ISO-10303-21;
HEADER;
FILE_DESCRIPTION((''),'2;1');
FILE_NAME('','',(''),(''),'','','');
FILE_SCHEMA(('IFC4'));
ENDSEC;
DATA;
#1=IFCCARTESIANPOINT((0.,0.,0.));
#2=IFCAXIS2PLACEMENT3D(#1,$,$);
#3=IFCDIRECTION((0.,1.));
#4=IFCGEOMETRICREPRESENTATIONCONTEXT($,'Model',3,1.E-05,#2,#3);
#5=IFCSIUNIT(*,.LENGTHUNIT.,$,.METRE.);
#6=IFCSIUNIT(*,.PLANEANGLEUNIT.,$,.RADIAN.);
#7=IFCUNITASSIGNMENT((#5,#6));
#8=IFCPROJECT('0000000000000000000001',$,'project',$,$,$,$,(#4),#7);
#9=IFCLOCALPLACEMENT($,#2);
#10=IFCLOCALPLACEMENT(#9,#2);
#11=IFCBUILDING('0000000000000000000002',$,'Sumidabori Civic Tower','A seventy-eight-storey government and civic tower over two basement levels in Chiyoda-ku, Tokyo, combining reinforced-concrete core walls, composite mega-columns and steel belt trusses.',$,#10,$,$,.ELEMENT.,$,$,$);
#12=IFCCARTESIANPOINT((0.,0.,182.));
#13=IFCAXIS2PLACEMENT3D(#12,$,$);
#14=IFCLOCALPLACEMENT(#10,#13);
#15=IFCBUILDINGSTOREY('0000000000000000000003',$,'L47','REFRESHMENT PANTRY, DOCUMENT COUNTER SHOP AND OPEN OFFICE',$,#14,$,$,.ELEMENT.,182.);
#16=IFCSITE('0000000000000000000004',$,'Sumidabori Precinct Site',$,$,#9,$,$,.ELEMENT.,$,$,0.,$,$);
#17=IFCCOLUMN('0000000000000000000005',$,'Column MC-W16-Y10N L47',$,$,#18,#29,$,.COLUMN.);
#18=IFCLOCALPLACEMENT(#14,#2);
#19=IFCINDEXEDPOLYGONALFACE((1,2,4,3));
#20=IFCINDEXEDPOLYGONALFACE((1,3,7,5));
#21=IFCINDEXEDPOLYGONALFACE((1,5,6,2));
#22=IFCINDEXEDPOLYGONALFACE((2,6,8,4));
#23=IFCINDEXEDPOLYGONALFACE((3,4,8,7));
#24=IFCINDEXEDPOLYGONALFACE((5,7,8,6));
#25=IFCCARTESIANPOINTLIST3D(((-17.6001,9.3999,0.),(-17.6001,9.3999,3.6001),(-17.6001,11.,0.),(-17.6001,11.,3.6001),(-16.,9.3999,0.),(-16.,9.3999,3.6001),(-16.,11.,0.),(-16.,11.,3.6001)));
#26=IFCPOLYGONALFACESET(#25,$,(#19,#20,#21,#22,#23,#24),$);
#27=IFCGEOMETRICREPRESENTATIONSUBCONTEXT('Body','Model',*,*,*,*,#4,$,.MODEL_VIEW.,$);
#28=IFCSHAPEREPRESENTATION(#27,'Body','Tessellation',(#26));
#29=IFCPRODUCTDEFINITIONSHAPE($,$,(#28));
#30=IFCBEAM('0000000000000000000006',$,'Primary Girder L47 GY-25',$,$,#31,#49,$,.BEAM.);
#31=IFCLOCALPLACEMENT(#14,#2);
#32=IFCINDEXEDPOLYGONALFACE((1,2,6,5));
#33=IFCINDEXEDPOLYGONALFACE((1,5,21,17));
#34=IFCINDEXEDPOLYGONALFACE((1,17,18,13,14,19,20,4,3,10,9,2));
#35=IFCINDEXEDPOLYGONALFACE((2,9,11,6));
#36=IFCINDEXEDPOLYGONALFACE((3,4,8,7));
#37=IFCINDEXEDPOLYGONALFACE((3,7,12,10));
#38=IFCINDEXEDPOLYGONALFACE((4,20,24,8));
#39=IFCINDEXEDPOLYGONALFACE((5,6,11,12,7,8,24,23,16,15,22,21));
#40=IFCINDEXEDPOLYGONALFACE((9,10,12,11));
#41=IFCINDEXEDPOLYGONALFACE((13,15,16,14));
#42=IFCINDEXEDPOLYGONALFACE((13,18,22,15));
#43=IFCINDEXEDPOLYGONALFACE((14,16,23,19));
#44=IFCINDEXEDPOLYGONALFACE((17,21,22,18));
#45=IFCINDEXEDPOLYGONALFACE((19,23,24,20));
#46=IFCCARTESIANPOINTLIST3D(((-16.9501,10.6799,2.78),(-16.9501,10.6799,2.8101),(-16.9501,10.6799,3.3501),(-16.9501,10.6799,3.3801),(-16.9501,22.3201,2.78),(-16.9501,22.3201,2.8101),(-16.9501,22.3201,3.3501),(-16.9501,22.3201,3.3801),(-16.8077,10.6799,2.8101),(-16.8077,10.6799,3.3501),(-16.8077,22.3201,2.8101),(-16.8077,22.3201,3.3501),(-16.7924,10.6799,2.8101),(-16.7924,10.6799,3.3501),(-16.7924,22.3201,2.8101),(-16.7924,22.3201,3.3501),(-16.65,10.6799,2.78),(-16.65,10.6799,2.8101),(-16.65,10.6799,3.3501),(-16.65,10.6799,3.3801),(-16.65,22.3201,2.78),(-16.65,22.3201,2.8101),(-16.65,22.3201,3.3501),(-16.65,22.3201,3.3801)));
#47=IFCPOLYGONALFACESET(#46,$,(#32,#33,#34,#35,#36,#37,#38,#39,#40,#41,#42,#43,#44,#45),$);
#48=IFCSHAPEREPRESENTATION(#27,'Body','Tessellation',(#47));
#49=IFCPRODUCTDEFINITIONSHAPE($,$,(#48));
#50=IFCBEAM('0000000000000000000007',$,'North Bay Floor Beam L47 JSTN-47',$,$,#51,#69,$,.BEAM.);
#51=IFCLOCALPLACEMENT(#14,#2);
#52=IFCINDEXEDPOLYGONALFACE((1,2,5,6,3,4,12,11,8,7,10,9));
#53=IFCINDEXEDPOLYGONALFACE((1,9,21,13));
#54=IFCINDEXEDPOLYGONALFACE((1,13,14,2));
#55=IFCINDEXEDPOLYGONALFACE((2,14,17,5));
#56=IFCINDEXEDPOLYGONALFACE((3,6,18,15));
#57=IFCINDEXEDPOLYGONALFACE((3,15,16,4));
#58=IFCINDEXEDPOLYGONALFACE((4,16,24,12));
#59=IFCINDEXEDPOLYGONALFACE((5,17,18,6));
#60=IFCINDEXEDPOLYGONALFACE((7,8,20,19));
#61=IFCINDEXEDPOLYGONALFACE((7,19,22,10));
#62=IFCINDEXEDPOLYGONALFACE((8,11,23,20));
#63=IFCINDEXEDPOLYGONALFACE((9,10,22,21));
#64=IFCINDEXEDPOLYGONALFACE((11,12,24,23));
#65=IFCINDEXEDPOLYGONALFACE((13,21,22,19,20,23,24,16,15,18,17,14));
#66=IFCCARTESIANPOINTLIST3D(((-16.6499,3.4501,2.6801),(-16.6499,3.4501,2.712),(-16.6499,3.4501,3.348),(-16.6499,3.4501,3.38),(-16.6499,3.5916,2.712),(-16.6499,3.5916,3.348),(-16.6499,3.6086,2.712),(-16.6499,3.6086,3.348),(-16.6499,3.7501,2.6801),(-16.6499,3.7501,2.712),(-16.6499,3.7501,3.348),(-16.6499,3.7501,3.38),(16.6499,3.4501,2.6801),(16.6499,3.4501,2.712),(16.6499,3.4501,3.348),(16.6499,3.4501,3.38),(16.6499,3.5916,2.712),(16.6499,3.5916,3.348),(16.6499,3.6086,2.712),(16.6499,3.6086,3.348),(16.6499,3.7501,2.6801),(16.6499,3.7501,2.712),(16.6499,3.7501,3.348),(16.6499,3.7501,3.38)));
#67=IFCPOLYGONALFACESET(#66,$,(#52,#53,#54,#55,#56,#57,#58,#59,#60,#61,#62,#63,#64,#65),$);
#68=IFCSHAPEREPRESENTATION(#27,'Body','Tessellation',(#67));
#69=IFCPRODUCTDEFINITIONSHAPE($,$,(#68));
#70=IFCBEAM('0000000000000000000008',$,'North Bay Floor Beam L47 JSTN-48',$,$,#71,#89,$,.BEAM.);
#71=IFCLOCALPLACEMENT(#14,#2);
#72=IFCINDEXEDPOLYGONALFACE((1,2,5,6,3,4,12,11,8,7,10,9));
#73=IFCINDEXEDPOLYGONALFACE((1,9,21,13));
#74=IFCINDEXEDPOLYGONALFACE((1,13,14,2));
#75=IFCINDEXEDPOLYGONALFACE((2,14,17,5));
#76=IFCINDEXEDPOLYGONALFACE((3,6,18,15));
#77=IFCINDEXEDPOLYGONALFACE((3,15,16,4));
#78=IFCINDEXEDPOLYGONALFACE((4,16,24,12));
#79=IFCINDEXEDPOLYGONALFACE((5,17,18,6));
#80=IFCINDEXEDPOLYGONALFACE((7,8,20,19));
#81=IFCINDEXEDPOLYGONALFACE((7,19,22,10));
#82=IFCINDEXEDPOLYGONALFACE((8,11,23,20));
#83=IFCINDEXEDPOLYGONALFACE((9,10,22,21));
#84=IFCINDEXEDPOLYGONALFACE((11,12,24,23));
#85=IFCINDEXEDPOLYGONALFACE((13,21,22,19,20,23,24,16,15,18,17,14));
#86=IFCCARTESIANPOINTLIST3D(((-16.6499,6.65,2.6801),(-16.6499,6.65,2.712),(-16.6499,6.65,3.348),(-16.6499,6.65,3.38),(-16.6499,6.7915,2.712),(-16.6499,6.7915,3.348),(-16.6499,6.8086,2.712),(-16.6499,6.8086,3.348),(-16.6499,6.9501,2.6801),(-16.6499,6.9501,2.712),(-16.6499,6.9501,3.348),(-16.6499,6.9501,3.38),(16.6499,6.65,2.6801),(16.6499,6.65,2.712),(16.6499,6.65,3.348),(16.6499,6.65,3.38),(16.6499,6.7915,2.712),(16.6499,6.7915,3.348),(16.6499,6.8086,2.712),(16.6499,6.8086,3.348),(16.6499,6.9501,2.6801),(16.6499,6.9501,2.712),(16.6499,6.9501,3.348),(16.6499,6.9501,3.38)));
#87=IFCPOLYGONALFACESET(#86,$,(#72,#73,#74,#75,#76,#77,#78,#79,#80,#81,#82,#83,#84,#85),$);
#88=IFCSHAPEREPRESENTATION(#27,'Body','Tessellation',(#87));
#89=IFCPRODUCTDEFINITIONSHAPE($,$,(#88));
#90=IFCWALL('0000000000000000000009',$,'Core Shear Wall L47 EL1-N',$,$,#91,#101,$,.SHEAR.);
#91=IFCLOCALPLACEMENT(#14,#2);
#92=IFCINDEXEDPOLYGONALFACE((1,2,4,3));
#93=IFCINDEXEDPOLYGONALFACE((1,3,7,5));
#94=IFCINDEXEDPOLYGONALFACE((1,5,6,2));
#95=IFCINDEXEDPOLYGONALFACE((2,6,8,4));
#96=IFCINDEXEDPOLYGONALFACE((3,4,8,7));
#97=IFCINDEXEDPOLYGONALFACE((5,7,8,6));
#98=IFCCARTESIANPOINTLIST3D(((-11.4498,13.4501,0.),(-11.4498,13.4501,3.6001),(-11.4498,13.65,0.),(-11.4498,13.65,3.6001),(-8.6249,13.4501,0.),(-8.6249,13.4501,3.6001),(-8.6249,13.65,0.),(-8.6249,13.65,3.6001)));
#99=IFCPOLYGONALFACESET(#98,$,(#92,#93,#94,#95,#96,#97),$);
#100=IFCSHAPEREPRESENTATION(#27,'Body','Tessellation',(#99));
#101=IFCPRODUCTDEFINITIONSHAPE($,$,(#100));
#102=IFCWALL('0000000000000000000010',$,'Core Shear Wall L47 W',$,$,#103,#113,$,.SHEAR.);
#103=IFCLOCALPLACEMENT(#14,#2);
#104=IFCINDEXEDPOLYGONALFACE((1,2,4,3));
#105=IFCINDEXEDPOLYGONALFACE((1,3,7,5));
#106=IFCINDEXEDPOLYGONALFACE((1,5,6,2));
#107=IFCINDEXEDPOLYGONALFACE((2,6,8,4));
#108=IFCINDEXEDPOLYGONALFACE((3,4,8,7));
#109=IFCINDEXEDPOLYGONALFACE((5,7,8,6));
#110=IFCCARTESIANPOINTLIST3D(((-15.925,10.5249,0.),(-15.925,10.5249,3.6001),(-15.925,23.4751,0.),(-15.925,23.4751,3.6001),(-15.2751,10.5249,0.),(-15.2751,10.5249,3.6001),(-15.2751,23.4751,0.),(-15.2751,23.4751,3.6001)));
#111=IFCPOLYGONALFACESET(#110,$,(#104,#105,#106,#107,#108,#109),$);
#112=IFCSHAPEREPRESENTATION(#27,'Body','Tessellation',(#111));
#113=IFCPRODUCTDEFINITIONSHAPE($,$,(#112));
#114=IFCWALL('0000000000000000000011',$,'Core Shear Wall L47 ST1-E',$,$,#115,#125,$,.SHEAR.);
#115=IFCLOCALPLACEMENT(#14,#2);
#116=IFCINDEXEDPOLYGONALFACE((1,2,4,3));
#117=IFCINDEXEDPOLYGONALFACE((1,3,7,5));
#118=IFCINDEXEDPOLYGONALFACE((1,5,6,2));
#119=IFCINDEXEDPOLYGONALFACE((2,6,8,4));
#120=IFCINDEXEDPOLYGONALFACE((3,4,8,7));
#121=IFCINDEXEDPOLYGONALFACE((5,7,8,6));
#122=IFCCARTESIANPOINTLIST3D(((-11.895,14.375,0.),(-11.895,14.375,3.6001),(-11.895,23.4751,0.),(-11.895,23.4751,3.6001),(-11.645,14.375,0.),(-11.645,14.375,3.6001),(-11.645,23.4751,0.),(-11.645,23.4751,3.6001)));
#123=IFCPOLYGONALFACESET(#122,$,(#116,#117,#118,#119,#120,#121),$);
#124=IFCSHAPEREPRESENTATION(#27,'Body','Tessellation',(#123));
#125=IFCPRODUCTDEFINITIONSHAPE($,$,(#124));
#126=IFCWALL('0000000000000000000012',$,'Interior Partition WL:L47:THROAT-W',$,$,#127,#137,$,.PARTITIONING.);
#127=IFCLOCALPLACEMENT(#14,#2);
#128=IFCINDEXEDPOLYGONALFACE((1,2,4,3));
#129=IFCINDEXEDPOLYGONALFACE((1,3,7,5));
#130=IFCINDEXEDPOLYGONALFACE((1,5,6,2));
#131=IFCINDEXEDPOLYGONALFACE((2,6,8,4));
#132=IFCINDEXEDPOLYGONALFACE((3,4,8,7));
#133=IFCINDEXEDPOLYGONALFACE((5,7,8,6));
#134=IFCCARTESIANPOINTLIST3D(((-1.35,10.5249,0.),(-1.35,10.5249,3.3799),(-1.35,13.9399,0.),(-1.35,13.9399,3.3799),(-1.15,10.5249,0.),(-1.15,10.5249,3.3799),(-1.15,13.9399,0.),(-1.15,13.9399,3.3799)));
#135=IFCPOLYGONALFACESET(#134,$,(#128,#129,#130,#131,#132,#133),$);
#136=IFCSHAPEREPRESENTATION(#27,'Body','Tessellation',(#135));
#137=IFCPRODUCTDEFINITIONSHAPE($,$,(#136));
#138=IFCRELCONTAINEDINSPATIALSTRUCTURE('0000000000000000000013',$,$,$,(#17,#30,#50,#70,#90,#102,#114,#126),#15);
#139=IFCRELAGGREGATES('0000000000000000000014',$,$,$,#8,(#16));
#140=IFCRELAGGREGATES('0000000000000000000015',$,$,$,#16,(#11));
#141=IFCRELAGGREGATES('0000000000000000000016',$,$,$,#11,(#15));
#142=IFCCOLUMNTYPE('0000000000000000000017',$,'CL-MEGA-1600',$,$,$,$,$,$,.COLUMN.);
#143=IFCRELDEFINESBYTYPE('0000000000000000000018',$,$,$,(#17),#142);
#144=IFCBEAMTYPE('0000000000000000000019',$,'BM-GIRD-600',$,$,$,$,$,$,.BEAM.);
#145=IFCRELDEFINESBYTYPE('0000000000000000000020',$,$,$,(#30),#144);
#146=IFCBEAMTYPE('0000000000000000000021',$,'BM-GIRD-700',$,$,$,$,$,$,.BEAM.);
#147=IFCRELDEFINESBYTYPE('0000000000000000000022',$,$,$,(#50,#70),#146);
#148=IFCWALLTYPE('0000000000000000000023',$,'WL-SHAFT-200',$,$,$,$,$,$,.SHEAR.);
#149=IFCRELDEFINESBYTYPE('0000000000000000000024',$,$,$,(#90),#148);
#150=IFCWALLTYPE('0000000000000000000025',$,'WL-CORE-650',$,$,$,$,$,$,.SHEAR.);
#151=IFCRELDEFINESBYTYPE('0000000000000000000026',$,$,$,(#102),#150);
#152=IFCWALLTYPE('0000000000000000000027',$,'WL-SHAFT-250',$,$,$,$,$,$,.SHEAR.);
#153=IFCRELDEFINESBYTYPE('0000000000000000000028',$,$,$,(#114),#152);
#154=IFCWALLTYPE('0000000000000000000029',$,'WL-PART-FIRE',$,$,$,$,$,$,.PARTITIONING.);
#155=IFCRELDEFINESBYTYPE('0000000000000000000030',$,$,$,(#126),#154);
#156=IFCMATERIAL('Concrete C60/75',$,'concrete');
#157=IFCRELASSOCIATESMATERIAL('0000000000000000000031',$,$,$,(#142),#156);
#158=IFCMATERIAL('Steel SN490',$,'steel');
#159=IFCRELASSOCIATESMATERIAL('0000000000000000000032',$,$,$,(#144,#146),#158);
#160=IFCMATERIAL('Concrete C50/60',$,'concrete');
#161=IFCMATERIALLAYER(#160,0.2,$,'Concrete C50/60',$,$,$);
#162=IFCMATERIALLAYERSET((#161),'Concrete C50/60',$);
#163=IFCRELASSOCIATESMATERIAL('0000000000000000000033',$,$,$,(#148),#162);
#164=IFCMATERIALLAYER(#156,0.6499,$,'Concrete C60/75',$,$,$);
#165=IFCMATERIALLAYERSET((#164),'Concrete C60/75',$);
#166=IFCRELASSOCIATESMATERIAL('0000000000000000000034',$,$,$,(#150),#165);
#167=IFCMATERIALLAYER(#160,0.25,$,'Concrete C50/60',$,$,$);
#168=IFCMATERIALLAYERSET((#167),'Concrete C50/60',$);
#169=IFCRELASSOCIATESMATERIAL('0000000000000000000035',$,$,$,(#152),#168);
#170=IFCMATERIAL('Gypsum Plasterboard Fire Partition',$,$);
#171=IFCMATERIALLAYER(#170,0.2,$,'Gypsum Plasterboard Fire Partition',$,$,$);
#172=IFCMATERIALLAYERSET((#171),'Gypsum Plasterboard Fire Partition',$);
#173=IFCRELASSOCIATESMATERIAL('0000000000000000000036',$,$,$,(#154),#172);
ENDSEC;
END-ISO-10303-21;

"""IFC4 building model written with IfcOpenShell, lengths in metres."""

from ifc_helpers import new_model, si_unit, direction, frame, frame_2d, origin, origin_2d, place, context, subcontext, project, spatial, rectangle, i_section, extrude, source, transform, mapped, material, layer, layer_set, material_profile, profile_set, type_object, element, save


model = new_model("IFC4")

# Units and contexts
model_context = context("Model", 3, precision=1e-05, world=origin(), true_north=direction((0.0, 1.0)))
body_context = subcontext(model_context, "Body", "Model", "MODEL_VIEW")
ifc_project = project(units=[si_unit("LENGTHUNIT", "METRE"), si_unit("PLANEANGLEUNIT", "RADIAN")], contexts=[model_context])

# Site, building, storey
site_placement = place(None, origin())
site = spatial("IfcSite", under=ifc_project, at=site_placement, Name="Sumidabori Precinct Site", CompositionType="ELEMENT", RefElevation=0.0)
building_placement = place(site_placement, origin())
building = spatial("IfcBuilding", under=site, at=building_placement, Name="Sumidabori Civic Tower", Description="A seventy-eight-storey government and civic tower over two basement levels in Chiyoda-ku, Tokyo, combining reinforced-concrete core walls, composite mega-columns and steel belt trusses.", CompositionType="ELEMENT")
storey_placement = place(building_placement, frame((0.0, 0.0, 182.0)))
storey = spatial("IfcBuildingStorey", under=building, at=storey_placement, Name="L47", Description="REFRESHMENT PANTRY, DOCUMENT COUNTER SHOP AND OPEN OFFICE", CompositionType="ELEMENT", Elevation=182.0)

# Column
ifc_material_1 = material(Name="Concrete C60/75", Category="concrete")
ifc_material_profile_1 = material_profile(ifc_material_1, rectangle(XDim=1.6001, YDim=1.6001, at=origin_2d()), Name="RC 1600x1600")
ifc_profile_set_1 = profile_set([ifc_material_profile_1], Name="Concrete C60/75")
column_type = type_object("IfcColumnType", Name="CL-MEGA-1600", PredefinedType="COLUMN", material=ifc_profile_set_1)
shared_shape_1 = source(origin(), body_context, "Body", "SweptSolid", [
    extrude(rectangle(XDim=1.6001, YDim=1.6001, at=origin_2d()), origin(), (0.0, 0.0, 1.0), 3.6001),
])
column_placement = place(storey_placement, frame((-16.8, 10.2, 0.0), z_axis=(0.0, 0.0, 1.0), x_axis=(1.0, 0.0, 0.0)))
element("IfcColumn", 1, at=column_placement, inside=storey, type_object=column_type, Name="Column MC-W16-Y10N L47", PredefinedType="COLUMN", context=body_context, shape_type="MappedRepresentation", body=[
    mapped(shared_shape_1, transform((0.0, 0.0, 0.0), x_axis=(1.0, 0.0, 0.0), y_axis=(0.0, 1.0, 0.0), z_axis=(0.0, 0.0, 1.0), scale=1.0)),
])

# Beams
ifc_material_2 = material(Name="Steel SN490", Category="steel")
ifc_material_profile_2 = material_profile(ifc_material_2, i_section(OverallWidth=0.3, OverallDepth=0.6001, WebThickness=0.0154, FlangeThickness=0.03, at=origin_2d()), Name="HE 600 B")
ifc_profile_set_2 = profile_set([ifc_material_profile_2], Name="Steel SN490")
beam_type_1 = type_object("IfcBeamType", Name="BM-GIRD-600", PredefinedType="BEAM", material=ifc_profile_set_2)
shared_shape_2 = source(origin(), body_context, "Body", "SweptSolid", [
    extrude(i_section(OverallWidth=0.3, OverallDepth=0.6001, WebThickness=0.0154, FlangeThickness=0.03, at=origin_2d()), origin(), (0.0, 0.0, 1.0), 11.6401),
])
beam_placement = place(storey_placement, frame((-16.8, 10.6799, 3.0801), z_axis=(0.0, 1.0, 0.0), x_axis=(-1.0, 0.0, 0.0)))
element("IfcBeam", 2, at=beam_placement, inside=storey, type_object=beam_type_1, Name="Primary Girder L47 GY-25", PredefinedType="BEAM", context=body_context, shape_type="MappedRepresentation", body=[
    mapped(shared_shape_2, transform((0.0, 0.0, 0.0), x_axis=(1.0, 0.0, 0.0), y_axis=(0.0, 1.0, 0.0), z_axis=(0.0, 0.0, 1.0), scale=1.0)),
])
ifc_material_profile_3 = material_profile(ifc_material_2, i_section(OverallWidth=0.3, OverallDepth=0.7, WebThickness=0.0171, FlangeThickness=0.032, at=origin_2d()), Name="HE 700 B")
ifc_profile_set_3 = profile_set([ifc_material_profile_3], Name="Steel SN490")
beam_type_2 = type_object("IfcBeamType", Name="BM-GIRD-700", PredefinedType="BEAM", material=ifc_profile_set_3)
shared_shape_3 = source(origin(), body_context, "Body", "SweptSolid", [
    extrude(i_section(OverallWidth=0.3, OverallDepth=0.7, WebThickness=0.0171, FlangeThickness=0.032, at=origin_2d()), origin(), (0.0, 0.0, 1.0), 33.2998),
])
for number, where, z_axis, x_axis, name in (
    (3, (-16.6499, 3.6001, 3.03), (1.0, 0.0, 0.0), (0.0, 1.0, 0.0), "North Bay Floor Beam L47 JSTN-47"),
    (4, (-16.6499, 6.8, 3.03), (1.0, 0.0, 0.0), (0.0, 1.0, 0.0), "North Bay Floor Beam L47 JSTN-48"),
):
    element("IfcBeam", number, at=place(storey_placement, frame(where, z_axis=z_axis, x_axis=x_axis)), inside=storey, type_object=beam_type_2, Name=name, PredefinedType="BEAM", context=body_context, shape_type="MappedRepresentation", body=[
        mapped(shared_shape_3, transform((0.0, 0.0, 0.0), x_axis=(1.0, 0.0, 0.0), y_axis=(0.0, 1.0, 0.0), z_axis=(0.0, 0.0, 1.0), scale=1.0)),
    ])

# Wall
ifc_material_3 = material(Name="Concrete C50/60", Category="concrete")
ifc_layer_1 = layer(ifc_material_3, 0.2, Name="Concrete C50/60")
ifc_layer_set_1 = layer_set([ifc_layer_1], Name="Concrete C50/60")
wall_type_1 = type_object("IfcWallType", Name="WL-SHAFT-200", PredefinedType="SHEAR", material=ifc_layer_set_1)
shared_shape_4 = source(origin(), body_context, "Body", "SweptSolid", [
    extrude(rectangle(XDim=2.825, YDim=0.2, at=frame_2d((1.4126, 0.0))), origin(), (0.0, 0.0, 1.0), 3.6001),
])
wall_1_placement = place(storey_placement, frame((-11.45, 13.55, 0.0), z_axis=(0.0, 0.0, 1.0), x_axis=(1.0, 0.0, 0.0)))
element("IfcWall", 5, at=wall_1_placement, inside=storey, type_object=wall_type_1, Name="Core Shear Wall L47 EL1-N", PredefinedType="SHEAR", context=body_context, shape_type="MappedRepresentation", body=[
    mapped(shared_shape_4, transform((0.0, 0.0, 0.0), x_axis=(1.0, 0.0, 0.0), y_axis=(0.0, 1.0, 0.0), z_axis=(0.0, 0.0, 1.0), scale=1.0)),
])

# Shared definitions
ifc_layer_2 = layer(ifc_material_1, 0.6499, Name="Concrete C60/75")
ifc_layer_set_2 = layer_set([ifc_layer_2], Name="Concrete C60/75")
wall_type_2 = type_object("IfcWallType", Name="WL-CORE-650", PredefinedType="SHEAR", material=ifc_layer_set_2)

# Wall
shared_shape_5 = source(origin(), body_context, "Body", "SweptSolid", [
    extrude(rectangle(XDim=12.9502, YDim=0.6499, at=frame_2d((6.4751, 0.0))), origin(), (0.0, 0.0, 1.0), 3.6001),
])
wall_2_placement = place(storey_placement, frame((-15.6001, 10.5249, 0.0), z_axis=(0.0, 0.0, 1.0), x_axis=(0.0, 1.0, 0.0)))
element("IfcWall", 6, at=wall_2_placement, inside=storey, type_object=wall_type_2, Name="Core Shear Wall L47 W", PredefinedType="SHEAR", context=body_context, shape_type="MappedRepresentation", body=[
    mapped(shared_shape_5, transform((0.0, 0.0, 0.0), x_axis=(1.0, 0.0, 0.0), y_axis=(0.0, 1.0, 0.0), z_axis=(0.0, 0.0, 1.0), scale=1.0)),
])

# Shared definitions
ifc_layer_3 = layer(ifc_material_3, 0.25, Name="Concrete C50/60")
ifc_layer_set_3 = layer_set([ifc_layer_3], Name="Concrete C50/60")
wall_type_3 = type_object("IfcWallType", Name="WL-SHAFT-250", PredefinedType="SHEAR", material=ifc_layer_set_3)

# Wall
shared_shape_6 = source(origin(), body_context, "Body", "SweptSolid", [
    extrude(rectangle(XDim=9.1001, YDim=0.25, at=frame_2d((4.55, 0.0))), origin(), (0.0, 0.0, 1.0), 3.6001),
])
wall_3_placement = place(storey_placement, frame((-11.77, 14.375, 0.0), z_axis=(0.0, 0.0, 1.0), x_axis=(0.0, 1.0, 0.0)))
element("IfcWall", 7, at=wall_3_placement, inside=storey, type_object=wall_type_3, Name="Core Shear Wall L47 ST1-E", PredefinedType="SHEAR", context=body_context, shape_type="MappedRepresentation", body=[
    mapped(shared_shape_6, transform((0.0, 0.0, 0.0), x_axis=(1.0, 0.0, 0.0), y_axis=(0.0, 1.0, 0.0), z_axis=(0.0, 0.0, 1.0), scale=1.0)),
])

# Shared definitions
ifc_material_4 = material(Name="Gypsum Plasterboard Fire Partition")
ifc_layer_4 = layer(ifc_material_4, 0.2, Name="Gypsum Plasterboard Fire Partition")
ifc_layer_set_4 = layer_set([ifc_layer_4], Name="Gypsum Plasterboard Fire Partition")
wall_type_4 = type_object("IfcWallType", Name="WL-PART-FIRE", PredefinedType="PARTITIONING", material=ifc_layer_set_4)

# Wall
shared_shape_7 = source(origin(), body_context, "Body", "SweptSolid", [
    extrude(rectangle(XDim=3.415, YDim=0.2, at=frame_2d((1.7075, 0.0))), origin(), (0.0, 0.0, 1.0), 3.3799),
])
wall_4_placement = place(storey_placement, frame((-1.25, 10.5249, 0.0), z_axis=(0.0, 0.0, 1.0), x_axis=(0.0, 1.0, 0.0)))
element("IfcWall", 8, at=wall_4_placement, inside=storey, type_object=wall_type_4, Name="Interior Partition WL:L47:THROAT-W", PredefinedType="PARTITIONING", context=body_context, shape_type="MappedRepresentation", body=[
    mapped(shared_shape_7, transform((0.0, 0.0, 0.0), x_axis=(1.0, 0.0, 0.0), y_axis=(0.0, 1.0, 0.0), z_axis=(0.0, 0.0, 1.0), scale=1.0)),
])

save(model, "model.ifc")
